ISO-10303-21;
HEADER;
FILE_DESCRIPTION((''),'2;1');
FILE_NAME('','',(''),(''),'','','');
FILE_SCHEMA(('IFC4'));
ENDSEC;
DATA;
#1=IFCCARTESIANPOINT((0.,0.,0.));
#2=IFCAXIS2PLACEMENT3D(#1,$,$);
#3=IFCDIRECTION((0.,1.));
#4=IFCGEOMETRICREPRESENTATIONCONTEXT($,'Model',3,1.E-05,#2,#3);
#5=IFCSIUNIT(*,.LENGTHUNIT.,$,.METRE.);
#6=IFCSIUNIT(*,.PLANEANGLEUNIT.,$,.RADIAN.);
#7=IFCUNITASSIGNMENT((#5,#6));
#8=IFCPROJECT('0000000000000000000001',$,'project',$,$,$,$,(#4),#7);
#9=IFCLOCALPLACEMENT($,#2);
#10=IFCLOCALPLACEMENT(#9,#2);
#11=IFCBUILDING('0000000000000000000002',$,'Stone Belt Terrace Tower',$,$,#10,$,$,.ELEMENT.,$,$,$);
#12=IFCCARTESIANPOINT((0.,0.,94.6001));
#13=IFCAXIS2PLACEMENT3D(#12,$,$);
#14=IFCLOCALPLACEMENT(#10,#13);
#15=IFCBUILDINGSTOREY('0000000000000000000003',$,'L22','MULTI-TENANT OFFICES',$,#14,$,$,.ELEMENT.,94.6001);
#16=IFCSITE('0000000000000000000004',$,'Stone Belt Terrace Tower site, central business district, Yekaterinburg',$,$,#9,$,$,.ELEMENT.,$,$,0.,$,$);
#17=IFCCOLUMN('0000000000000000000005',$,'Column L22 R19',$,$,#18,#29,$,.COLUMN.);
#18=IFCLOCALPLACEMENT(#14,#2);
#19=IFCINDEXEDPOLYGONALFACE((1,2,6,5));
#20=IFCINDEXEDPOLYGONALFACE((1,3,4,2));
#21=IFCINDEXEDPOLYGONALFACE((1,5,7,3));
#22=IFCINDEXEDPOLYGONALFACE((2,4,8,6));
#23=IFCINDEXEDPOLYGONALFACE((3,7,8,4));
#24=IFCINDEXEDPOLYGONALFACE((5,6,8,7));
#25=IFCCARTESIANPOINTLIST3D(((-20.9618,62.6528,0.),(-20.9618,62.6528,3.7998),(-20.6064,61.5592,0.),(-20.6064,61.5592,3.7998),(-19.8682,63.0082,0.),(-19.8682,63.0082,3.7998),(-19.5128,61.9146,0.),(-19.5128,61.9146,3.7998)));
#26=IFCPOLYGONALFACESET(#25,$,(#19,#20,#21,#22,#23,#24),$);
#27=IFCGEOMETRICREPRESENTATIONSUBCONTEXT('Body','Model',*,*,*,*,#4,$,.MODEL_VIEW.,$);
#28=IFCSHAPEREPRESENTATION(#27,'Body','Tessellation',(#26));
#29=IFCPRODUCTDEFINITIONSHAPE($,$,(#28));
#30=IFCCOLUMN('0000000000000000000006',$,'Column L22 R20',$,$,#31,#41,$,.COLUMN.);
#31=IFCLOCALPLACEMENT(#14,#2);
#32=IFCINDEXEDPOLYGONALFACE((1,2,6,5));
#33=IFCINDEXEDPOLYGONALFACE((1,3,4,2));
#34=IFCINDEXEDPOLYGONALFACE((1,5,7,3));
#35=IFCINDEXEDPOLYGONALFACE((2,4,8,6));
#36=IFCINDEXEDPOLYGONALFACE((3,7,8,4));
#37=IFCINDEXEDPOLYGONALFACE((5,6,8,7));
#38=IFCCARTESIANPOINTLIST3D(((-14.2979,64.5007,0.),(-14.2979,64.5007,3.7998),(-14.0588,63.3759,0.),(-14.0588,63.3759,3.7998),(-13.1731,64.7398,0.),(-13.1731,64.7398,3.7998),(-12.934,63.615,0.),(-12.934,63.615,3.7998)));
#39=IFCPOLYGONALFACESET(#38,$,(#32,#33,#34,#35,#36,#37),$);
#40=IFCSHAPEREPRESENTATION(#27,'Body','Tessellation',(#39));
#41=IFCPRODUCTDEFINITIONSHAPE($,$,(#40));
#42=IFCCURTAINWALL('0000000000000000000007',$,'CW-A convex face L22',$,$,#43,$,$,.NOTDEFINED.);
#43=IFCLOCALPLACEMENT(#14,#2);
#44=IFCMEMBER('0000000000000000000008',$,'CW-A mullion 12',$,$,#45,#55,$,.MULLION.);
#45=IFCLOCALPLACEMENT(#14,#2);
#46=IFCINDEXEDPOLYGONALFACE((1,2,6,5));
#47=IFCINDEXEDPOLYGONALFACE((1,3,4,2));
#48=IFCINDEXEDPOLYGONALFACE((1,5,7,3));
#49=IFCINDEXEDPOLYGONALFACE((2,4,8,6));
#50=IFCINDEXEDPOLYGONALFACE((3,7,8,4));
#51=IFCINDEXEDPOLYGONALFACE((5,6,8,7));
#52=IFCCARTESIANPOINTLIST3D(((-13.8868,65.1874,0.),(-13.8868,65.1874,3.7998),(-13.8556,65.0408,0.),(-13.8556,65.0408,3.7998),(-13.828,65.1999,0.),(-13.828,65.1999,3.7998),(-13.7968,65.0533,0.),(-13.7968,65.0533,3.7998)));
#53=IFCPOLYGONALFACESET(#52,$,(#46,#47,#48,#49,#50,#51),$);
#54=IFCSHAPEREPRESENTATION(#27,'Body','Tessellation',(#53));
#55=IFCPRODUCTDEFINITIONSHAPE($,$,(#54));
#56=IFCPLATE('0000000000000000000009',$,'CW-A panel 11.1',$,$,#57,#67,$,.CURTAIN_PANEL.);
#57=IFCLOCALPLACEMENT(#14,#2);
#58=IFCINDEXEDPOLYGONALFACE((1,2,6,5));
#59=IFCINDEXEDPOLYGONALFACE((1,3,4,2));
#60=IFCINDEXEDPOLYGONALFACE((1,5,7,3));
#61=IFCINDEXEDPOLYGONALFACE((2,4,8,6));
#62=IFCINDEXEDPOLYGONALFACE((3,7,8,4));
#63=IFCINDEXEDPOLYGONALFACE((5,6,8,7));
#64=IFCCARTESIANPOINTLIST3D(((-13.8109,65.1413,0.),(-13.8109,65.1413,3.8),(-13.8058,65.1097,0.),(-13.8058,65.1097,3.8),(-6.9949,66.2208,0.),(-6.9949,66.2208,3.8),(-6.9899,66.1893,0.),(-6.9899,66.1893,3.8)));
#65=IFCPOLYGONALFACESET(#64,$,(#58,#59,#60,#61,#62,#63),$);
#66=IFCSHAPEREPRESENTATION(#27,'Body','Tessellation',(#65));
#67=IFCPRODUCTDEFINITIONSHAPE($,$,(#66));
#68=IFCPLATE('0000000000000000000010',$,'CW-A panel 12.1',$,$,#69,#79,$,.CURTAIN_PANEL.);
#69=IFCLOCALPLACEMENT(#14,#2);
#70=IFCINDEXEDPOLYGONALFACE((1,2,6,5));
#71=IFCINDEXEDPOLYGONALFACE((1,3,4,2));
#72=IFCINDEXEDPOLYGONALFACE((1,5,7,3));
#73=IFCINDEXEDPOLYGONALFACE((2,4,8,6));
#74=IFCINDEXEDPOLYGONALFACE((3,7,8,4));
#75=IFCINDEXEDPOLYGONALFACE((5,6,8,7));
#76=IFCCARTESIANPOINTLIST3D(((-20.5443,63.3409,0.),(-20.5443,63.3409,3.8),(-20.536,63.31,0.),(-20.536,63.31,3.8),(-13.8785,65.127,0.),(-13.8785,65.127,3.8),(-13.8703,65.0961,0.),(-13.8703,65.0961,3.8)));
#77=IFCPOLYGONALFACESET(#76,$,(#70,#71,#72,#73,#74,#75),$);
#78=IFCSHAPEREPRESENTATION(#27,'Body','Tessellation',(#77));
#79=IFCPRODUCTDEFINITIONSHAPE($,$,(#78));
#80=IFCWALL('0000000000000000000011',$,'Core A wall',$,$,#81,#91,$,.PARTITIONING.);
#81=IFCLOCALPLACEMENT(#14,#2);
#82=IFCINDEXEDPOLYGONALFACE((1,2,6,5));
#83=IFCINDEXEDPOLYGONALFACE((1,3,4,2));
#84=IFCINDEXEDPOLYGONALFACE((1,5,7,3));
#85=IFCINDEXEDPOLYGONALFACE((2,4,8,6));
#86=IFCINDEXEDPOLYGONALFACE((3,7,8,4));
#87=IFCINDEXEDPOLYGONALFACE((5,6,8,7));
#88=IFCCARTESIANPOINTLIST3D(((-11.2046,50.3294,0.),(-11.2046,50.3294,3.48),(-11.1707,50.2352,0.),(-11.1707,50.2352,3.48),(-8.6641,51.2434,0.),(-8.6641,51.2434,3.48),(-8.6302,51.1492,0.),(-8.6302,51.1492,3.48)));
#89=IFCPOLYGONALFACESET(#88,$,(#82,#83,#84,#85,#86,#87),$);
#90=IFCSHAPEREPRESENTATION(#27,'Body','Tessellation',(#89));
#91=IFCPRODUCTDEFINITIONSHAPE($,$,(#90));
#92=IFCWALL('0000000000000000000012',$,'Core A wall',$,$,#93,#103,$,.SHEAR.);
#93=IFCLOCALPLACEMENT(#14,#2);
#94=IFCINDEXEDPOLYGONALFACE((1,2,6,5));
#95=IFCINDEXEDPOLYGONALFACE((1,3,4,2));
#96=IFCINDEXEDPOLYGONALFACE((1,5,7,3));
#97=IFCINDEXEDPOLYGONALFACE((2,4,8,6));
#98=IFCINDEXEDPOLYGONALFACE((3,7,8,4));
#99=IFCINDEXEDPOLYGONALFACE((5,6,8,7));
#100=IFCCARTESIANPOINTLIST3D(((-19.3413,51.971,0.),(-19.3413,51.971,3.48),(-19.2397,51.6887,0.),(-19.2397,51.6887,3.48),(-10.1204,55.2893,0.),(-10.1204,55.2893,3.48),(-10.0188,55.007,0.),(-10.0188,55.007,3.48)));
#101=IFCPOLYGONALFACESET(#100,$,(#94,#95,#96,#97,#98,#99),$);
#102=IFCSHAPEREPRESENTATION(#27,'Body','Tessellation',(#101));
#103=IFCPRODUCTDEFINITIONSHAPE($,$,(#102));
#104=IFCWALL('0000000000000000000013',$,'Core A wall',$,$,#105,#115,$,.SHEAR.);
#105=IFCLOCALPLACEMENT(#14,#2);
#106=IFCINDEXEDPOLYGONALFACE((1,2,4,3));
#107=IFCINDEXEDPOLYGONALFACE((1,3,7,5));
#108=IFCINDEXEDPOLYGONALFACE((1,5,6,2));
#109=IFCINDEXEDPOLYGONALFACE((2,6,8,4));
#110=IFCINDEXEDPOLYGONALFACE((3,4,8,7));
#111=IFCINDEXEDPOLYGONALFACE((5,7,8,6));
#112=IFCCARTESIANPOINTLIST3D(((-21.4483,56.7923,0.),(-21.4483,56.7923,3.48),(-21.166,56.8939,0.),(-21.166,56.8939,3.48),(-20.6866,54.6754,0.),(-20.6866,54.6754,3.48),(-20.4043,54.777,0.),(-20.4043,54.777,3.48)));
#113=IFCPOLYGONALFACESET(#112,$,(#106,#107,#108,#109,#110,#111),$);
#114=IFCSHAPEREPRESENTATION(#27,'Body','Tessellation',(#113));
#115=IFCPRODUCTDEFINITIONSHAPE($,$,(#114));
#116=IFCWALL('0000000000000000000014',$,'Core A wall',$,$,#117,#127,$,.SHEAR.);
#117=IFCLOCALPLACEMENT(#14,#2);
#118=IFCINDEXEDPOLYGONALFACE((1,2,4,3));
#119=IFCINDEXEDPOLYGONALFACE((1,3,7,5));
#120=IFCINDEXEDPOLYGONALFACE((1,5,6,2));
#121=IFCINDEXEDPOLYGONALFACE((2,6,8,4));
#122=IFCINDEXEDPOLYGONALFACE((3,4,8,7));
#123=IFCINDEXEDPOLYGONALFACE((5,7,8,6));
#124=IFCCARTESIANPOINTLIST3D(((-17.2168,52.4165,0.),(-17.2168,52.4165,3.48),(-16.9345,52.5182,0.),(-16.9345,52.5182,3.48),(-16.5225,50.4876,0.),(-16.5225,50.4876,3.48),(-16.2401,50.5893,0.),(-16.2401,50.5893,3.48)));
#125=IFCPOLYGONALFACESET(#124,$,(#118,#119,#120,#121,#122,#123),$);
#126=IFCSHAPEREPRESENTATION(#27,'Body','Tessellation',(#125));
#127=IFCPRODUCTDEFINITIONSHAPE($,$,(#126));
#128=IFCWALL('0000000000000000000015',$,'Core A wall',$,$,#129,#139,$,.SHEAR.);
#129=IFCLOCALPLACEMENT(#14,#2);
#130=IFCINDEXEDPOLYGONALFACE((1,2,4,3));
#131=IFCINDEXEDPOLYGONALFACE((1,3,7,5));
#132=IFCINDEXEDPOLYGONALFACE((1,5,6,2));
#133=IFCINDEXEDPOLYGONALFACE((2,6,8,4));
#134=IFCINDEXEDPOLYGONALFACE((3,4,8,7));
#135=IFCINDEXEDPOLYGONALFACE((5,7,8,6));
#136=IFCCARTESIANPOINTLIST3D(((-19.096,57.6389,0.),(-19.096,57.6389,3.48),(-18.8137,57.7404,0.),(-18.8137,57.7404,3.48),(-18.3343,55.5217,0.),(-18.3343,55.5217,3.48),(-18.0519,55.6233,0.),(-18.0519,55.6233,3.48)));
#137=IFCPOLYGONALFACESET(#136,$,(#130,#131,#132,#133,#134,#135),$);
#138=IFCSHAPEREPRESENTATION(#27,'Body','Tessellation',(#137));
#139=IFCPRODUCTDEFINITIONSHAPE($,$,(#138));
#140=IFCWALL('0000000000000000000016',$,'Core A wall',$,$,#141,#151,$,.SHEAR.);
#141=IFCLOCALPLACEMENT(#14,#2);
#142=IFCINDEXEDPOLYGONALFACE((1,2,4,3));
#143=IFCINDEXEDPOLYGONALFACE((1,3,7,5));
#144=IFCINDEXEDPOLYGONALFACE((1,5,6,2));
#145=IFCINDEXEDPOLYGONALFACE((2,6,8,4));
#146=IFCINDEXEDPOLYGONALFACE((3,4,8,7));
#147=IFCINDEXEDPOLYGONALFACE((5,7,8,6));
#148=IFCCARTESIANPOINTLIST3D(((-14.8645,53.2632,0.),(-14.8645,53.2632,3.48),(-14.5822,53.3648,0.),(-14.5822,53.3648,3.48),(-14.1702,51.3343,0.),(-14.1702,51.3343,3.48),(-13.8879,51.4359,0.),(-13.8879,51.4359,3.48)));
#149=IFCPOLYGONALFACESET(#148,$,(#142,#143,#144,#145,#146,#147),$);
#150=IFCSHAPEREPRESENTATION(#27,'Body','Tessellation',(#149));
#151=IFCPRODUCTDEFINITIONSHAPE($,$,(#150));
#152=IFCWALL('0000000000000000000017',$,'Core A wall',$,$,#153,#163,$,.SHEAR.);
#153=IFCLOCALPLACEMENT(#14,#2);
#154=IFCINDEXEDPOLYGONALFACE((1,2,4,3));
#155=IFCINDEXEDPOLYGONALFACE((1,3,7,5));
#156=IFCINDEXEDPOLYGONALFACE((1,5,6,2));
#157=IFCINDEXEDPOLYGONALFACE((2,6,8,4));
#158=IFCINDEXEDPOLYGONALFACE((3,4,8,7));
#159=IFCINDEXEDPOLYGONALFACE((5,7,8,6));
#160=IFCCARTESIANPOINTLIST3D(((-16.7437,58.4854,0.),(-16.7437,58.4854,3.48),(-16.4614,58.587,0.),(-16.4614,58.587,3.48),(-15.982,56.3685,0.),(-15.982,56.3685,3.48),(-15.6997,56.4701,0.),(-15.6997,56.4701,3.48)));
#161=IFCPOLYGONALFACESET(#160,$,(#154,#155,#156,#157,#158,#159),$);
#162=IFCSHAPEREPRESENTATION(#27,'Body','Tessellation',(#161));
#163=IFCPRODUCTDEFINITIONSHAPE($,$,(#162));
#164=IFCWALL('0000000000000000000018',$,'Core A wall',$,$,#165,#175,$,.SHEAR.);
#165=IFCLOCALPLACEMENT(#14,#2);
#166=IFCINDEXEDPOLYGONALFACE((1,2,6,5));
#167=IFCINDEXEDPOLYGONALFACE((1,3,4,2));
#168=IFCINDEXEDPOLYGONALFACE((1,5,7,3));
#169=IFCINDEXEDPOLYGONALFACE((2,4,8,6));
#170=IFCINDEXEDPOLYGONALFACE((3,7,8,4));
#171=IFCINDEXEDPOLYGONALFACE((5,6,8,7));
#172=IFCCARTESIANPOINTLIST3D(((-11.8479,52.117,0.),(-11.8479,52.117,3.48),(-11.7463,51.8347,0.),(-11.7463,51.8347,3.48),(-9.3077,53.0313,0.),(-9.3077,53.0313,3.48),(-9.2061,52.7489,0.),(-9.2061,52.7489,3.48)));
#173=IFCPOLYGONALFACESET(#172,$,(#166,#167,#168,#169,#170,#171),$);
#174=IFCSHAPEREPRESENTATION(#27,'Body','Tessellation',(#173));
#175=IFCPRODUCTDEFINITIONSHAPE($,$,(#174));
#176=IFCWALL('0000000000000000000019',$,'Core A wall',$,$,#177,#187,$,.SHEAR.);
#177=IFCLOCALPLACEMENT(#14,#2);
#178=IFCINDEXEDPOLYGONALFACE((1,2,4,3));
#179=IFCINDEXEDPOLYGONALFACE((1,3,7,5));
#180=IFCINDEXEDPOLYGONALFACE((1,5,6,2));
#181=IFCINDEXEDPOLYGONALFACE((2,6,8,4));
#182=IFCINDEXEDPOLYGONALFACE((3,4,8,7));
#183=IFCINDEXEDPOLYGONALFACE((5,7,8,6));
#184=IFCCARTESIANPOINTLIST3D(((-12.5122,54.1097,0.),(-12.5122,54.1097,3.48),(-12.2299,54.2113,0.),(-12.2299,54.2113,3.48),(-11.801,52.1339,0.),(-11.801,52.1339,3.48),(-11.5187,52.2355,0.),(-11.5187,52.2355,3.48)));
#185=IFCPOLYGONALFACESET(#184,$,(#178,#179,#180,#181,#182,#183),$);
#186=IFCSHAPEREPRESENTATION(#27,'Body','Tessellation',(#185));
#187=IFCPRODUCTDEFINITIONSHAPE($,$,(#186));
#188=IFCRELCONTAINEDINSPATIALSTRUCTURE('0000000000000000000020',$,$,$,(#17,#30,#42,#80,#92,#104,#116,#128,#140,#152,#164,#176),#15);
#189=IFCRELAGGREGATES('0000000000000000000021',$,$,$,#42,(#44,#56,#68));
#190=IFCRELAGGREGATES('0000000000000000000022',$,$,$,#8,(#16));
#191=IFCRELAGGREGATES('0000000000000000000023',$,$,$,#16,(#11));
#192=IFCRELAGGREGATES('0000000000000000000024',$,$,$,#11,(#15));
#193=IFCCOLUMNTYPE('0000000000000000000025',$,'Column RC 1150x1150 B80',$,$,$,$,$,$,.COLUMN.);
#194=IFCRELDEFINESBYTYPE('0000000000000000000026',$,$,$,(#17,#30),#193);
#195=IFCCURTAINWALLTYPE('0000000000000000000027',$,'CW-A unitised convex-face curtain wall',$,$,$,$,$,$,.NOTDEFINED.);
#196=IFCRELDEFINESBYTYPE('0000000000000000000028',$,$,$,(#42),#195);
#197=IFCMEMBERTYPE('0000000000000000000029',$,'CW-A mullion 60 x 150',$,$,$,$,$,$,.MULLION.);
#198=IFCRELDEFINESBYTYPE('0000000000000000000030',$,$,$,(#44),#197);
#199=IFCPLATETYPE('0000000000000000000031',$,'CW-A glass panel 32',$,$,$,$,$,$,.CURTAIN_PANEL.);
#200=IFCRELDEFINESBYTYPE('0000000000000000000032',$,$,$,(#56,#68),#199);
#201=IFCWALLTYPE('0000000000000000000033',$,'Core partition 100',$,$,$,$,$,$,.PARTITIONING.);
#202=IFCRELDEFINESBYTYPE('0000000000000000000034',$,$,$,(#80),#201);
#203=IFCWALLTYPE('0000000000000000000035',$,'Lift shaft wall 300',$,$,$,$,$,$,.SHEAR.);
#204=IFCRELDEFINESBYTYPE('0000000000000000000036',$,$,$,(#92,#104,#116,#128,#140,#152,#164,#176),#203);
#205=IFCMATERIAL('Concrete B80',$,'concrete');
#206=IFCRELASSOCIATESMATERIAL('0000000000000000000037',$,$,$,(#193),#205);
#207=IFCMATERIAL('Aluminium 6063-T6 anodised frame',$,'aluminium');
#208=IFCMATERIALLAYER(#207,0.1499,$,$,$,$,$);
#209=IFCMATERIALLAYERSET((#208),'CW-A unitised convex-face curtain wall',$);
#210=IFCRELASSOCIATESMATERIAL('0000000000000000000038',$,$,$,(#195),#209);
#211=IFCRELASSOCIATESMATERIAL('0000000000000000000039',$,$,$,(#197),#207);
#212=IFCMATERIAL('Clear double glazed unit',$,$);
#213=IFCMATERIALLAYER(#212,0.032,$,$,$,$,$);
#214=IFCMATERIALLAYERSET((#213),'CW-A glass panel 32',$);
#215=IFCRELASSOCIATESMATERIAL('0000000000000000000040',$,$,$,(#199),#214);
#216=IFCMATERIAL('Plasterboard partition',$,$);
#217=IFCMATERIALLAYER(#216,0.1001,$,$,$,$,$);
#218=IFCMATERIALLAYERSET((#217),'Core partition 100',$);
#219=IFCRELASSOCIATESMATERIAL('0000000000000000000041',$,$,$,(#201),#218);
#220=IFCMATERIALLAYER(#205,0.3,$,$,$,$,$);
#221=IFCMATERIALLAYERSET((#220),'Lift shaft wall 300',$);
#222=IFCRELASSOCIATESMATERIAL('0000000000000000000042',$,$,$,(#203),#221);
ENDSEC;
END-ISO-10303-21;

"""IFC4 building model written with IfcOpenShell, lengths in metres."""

from ifc_helpers import new_model, si_unit, direction, frame, frame_2d, origin, origin_2d, place, context, subcontext, project, spatial, rectangle, extrude, material, layer, layer_set, material_profile, profile_set, type_object, element, aggregate, save


model = new_model("IFC4")

# Units and contexts
model_context = context("Model", 3, precision=1e-05, world=origin(), true_north=direction((0.0, 1.0)))
body_context = subcontext(model_context, "Body", "Model", "MODEL_VIEW")
ifc_project = project(units=[si_unit("LENGTHUNIT", "METRE"), si_unit("PLANEANGLEUNIT", "RADIAN")], contexts=[model_context])

# Site, building, storey
site_placement = place(None, origin())
site = spatial("IfcSite", under=ifc_project, at=site_placement, Name="Stone Belt Terrace Tower site, central business district, Yekaterinburg", CompositionType="ELEMENT", RefElevation=0.0)
building_placement = place(site_placement, origin())
building = spatial("IfcBuilding", under=site, at=building_placement, Name="Stone Belt Terrace Tower", CompositionType="ELEMENT")
storey_placement = place(building_placement, frame((0.0, 0.0, 94.6001)))
storey = spatial("IfcBuildingStorey", under=building, at=storey_placement, Name="L22", Description="MULTI-TENANT OFFICES", CompositionType="ELEMENT", Elevation=94.6001)

# Columns
ifc_material_1 = material(Name="Concrete B80", Category="concrete")
ifc_material_profile_1 = material_profile(ifc_material_1, rectangle(XDim=1.1499, YDim=1.1499, at=origin_2d()), Name="RC 1150x1150")
ifc_profile_set_1 = profile_set([ifc_material_profile_1], Name="Concrete B80")
column_type = type_object("IfcColumnType", Name="Column RC 1150x1150 B80", PredefinedType="COLUMN", material=ifc_profile_set_1)
for number, where, z_axis, x_axis, name in (
    (1, (-20.2373, 62.2837, 0.0), (0.0, 0.0, 1.0), (0.951057, 0.309017, 0.0), "Column L22 R19"),
    (2, (-13.616, 64.0579, 0.0), (0.0, 0.0, 1.0), (0.978148, 0.207912, 0.0), "Column L22 R20"),
):
    element("IfcColumn", number, at=place(storey_placement, frame(where, z_axis=z_axis, x_axis=x_axis)), inside=storey, type_object=column_type, Name=name, PredefinedType="COLUMN", context=body_context, shape_type="SweptSolid", body=[
        extrude(rectangle(XDim=1.1499, YDim=1.1499, at=origin_2d()), origin(), (0.0, 0.0, 1.0), 3.7998),
    ])

# Curtain wall, member, plates
ifc_material_2 = material(Name="Aluminium 6063-T6 anodised frame", Category="aluminium")
ifc_layer_1 = layer(ifc_material_2, 0.1499)
ifc_layer_set_1 = layer_set([ifc_layer_1], Name="CW-A unitised convex-face curtain wall")
curtain_wall_type = type_object("IfcCurtainWallType", Name="CW-A unitised convex-face curtain wall", PredefinedType="NOTDEFINED", material=ifc_layer_set_1)
curtain_wall_placement = place(storey_placement, origin())
curtain_wall = element("IfcCurtainWall", 3, at=curtain_wall_placement, inside=storey, type_object=curtain_wall_type, Name="CW-A convex face L22", PredefinedType="NOTDEFINED")
ifc_material_profile_2 = material_profile(ifc_material_2, rectangle(XDim=0.1499, YDim=0.0601, at=origin_2d()), Name="Aluminium 6063-T6 60x150")
ifc_profile_set_2 = profile_set([ifc_material_profile_2], Name="Aluminium 6063-T6 anodised frame")
member_type = type_object("IfcMemberType", Name="CW-A mullion 60 x 150", PredefinedType="MULLION", material=ifc_profile_set_2)
member_placement = place(storey_placement, frame((-13.8418, 65.1204, 0.0), z_axis=(0.0, 0.0, 1.0), x_axis=(0.207912, -0.978148, 0.0)))
member = element("IfcMember", 4, at=member_placement, type_object=member_type, Name="CW-A mullion 12", PredefinedType="MULLION", context=body_context, shape_type="SweptSolid", body=[
    extrude(rectangle(XDim=0.1499, YDim=0.0601, at=origin_2d()), origin(), (0.0, 0.0, 1.0), 3.7998),
])
ifc_material_3 = material(Name="Clear double glazed unit")
ifc_layer_2 = layer(ifc_material_3, 0.032)
ifc_layer_set_2 = layer_set([ifc_layer_2], Name="CW-A glass panel 32")
plate_type = type_object("IfcPlateType", Name="CW-A glass panel 32", PredefinedType="CURTAIN_PANEL", material=ifc_layer_set_2)
plate_1_placement = place(storey_placement, frame((-10.4004, 65.6653, 0.0), z_axis=(0.0, 0.0, 1.0), x_axis=(-0.987688, -0.156434, 0.0)))
plate_1 = element("IfcPlate", 5, at=plate_1_placement, type_object=plate_type, Name="CW-A panel 11.1", PredefinedType="CURTAIN_PANEL", context=body_context, shape_type="SweptSolid", body=[
    extrude(rectangle(XDim=6.9009, YDim=0.032, at=origin_2d()), origin(), (0.0, 0.0, 1.0), 3.8),
])
plate_2_placement = place(storey_placement, frame((-17.2073, 64.2185, 0.0), z_axis=(0.0, 0.0, 1.0), x_axis=(-0.965926, -0.258819, 0.0)))
plate_2 = element("IfcPlate", 6, at=plate_2_placement, type_object=plate_type, Name="CW-A panel 12.1", PredefinedType="CURTAIN_PANEL", context=body_context, shape_type="SweptSolid", body=[
    extrude(rectangle(XDim=6.9009, YDim=0.032, at=origin_2d()), origin(), (0.0, 0.0, 1.0), 3.8),
])
aggregate(curtain_wall, [member, plate_1, plate_2])

# Walls
ifc_material_4 = material(Name="Plasterboard partition")
ifc_layer_3 = layer(ifc_material_4, 0.1001)
ifc_layer_set_3 = layer_set([ifc_layer_3], Name="Core partition 100")
wall_type_1 = type_object("IfcWallType", Name="Core partition 100", PredefinedType="PARTITIONING", material=ifc_layer_set_3)
wall_1_placement = place(storey_placement, frame((-11.1877, 50.2822, 0.0), z_axis=(0.0, 0.0, 1.0), x_axis=(0.94095, 0.338547, 0.0)))
element("IfcWall", 7, at=wall_1_placement, inside=storey, type_object=wall_type_1, Name="Core A wall", PredefinedType="PARTITIONING", context=body_context, shape_type="SweptSolid", body=[
    extrude(rectangle(XDim=2.7, YDim=0.1001, at=frame_2d((1.3501, 0.0))), origin(), (0.0, 0.0, 1.0), 3.48),
])
ifc_layer_4 = layer(ifc_material_1, 0.3)
ifc_layer_set_4 = layer_set([ifc_layer_4], Name="Lift shaft wall 300")
wall_type_2 = type_object("IfcWallType", Name="Lift shaft wall 300", PredefinedType="SHEAR", material=ifc_layer_set_4)
wall_2_placement = place(storey_placement, frame((-19.2905, 51.8298, 0.0), z_axis=(0.0, 0.0, 1.0), x_axis=(0.940926, 0.338613, 0.0)))
element("IfcWall", 8, at=wall_2_placement, inside=storey, type_object=wall_type_2, Name="Core A wall", PredefinedType="SHEAR", context=body_context, shape_type="SweptSolid", body=[
    extrude(rectangle(XDim=9.7998, YDim=0.3, at=frame_2d((4.8999, 0.0))), origin(), (0.0, 0.0, 1.0), 3.48),
])
wall_3_placement = place(storey_placement, frame((-20.5454, 54.7261, 0.0), z_axis=(0.0, 0.0, 1.0), x_axis=(-0.33857, 0.940941, 0.0)))
element("IfcWall", 9, at=wall_3_placement, inside=storey, type_object=wall_type_2, Name="Core A wall", PredefinedType="SHEAR", context=body_context, shape_type="SweptSolid", body=[
    extrude(rectangle(XDim=2.2498, YDim=0.3, at=frame_2d((1.125, 0.0))), origin(), (0.0, 0.0, 1.0), 3.48),
])
wall_4_placement = place(storey_placement, frame((-16.3813, 50.5386, 0.0), z_axis=(0.0, 0.0, 1.0), x_axis=(-0.338682, 0.940901, 0.0)))
element("IfcWall", 10, at=wall_4_placement, inside=storey, type_object=wall_type_2, Name="Core A wall", PredefinedType="SHEAR", context=body_context, shape_type="SweptSolid", body=[
    extrude(rectangle(XDim=2.05, YDim=0.3, at=frame_2d((1.0249, 0.0))), origin(), (0.0, 0.0, 1.0), 3.48),
])
wall_5_placement = place(storey_placement, frame((-18.1931, 55.5725, 0.0), z_axis=(0.0, 0.0, 1.0), x_axis=(-0.338535, 0.940954, 0.0)))
element("IfcWall", 11, at=wall_5_placement, inside=storey, type_object=wall_type_2, Name="Core A wall", PredefinedType="SHEAR", context=body_context, shape_type="SweptSolid", body=[
    extrude(rectangle(XDim=2.25, YDim=0.3, at=frame_2d((1.125, 0.0))), origin(), (0.0, 0.0, 1.0), 3.48),
])
wall_6_placement = place(storey_placement, frame((-14.0291, 51.3853, 0.0), z_axis=(0.0, 0.0, 1.0), x_axis=(-0.338682, 0.940901, 0.0)))
element("IfcWall", 12, at=wall_6_placement, inside=storey, type_object=wall_type_2, Name="Core A wall", PredefinedType="SHEAR", context=body_context, shape_type="SweptSolid", body=[
    extrude(rectangle(XDim=2.05, YDim=0.3, at=frame_2d((1.0249, 0.0))), origin(), (0.0, 0.0, 1.0), 3.48),
])
wall_7_placement = place(storey_placement, frame((-15.8408, 56.4192, 0.0), z_axis=(0.0, 0.0, 1.0), x_axis=(-0.33857, 0.940941, 0.0)))
element("IfcWall", 13, at=wall_7_placement, inside=storey, type_object=wall_type_2, Name="Core A wall", PredefinedType="SHEAR", context=body_context, shape_type="SweptSolid", body=[
    extrude(rectangle(XDim=2.2498, YDim=0.3, at=frame_2d((1.125, 0.0))), origin(), (0.0, 0.0, 1.0), 3.48),
])
wall_8_placement = place(storey_placement, frame((-11.7971, 51.9758, 0.0), z_axis=(0.0, 0.0, 1.0), x_axis=(0.94091, 0.338655, 0.0)))
element("IfcWall", 14, at=wall_8_placement, inside=storey, type_object=wall_type_2, Name="Core A wall", PredefinedType="SHEAR", context=body_context, shape_type="SweptSolid", body=[
    extrude(rectangle(XDim=2.6997, YDim=0.3, at=frame_2d((1.3499, 0.0))), origin(), (0.0, 0.0, 1.0), 3.48),
])
wall_9_placement = place(storey_placement, frame((-11.6599, 52.1848, 0.0), z_axis=(0.0, 0.0, 1.0), x_axis=(-0.33867, 0.940905, 0.0)))
element("IfcWall", 15, at=wall_9_placement, inside=storey, type_object=wall_type_2, Name="Core A wall", PredefinedType="SHEAR", context=body_context, shape_type="SweptSolid", body=[
    extrude(rectangle(XDim=2.0999, YDim=0.3, at=frame_2d((1.0498, 0.0))), origin(), (0.0, 0.0, 1.0), 3.48),
])

save(model, "model.ifc")
